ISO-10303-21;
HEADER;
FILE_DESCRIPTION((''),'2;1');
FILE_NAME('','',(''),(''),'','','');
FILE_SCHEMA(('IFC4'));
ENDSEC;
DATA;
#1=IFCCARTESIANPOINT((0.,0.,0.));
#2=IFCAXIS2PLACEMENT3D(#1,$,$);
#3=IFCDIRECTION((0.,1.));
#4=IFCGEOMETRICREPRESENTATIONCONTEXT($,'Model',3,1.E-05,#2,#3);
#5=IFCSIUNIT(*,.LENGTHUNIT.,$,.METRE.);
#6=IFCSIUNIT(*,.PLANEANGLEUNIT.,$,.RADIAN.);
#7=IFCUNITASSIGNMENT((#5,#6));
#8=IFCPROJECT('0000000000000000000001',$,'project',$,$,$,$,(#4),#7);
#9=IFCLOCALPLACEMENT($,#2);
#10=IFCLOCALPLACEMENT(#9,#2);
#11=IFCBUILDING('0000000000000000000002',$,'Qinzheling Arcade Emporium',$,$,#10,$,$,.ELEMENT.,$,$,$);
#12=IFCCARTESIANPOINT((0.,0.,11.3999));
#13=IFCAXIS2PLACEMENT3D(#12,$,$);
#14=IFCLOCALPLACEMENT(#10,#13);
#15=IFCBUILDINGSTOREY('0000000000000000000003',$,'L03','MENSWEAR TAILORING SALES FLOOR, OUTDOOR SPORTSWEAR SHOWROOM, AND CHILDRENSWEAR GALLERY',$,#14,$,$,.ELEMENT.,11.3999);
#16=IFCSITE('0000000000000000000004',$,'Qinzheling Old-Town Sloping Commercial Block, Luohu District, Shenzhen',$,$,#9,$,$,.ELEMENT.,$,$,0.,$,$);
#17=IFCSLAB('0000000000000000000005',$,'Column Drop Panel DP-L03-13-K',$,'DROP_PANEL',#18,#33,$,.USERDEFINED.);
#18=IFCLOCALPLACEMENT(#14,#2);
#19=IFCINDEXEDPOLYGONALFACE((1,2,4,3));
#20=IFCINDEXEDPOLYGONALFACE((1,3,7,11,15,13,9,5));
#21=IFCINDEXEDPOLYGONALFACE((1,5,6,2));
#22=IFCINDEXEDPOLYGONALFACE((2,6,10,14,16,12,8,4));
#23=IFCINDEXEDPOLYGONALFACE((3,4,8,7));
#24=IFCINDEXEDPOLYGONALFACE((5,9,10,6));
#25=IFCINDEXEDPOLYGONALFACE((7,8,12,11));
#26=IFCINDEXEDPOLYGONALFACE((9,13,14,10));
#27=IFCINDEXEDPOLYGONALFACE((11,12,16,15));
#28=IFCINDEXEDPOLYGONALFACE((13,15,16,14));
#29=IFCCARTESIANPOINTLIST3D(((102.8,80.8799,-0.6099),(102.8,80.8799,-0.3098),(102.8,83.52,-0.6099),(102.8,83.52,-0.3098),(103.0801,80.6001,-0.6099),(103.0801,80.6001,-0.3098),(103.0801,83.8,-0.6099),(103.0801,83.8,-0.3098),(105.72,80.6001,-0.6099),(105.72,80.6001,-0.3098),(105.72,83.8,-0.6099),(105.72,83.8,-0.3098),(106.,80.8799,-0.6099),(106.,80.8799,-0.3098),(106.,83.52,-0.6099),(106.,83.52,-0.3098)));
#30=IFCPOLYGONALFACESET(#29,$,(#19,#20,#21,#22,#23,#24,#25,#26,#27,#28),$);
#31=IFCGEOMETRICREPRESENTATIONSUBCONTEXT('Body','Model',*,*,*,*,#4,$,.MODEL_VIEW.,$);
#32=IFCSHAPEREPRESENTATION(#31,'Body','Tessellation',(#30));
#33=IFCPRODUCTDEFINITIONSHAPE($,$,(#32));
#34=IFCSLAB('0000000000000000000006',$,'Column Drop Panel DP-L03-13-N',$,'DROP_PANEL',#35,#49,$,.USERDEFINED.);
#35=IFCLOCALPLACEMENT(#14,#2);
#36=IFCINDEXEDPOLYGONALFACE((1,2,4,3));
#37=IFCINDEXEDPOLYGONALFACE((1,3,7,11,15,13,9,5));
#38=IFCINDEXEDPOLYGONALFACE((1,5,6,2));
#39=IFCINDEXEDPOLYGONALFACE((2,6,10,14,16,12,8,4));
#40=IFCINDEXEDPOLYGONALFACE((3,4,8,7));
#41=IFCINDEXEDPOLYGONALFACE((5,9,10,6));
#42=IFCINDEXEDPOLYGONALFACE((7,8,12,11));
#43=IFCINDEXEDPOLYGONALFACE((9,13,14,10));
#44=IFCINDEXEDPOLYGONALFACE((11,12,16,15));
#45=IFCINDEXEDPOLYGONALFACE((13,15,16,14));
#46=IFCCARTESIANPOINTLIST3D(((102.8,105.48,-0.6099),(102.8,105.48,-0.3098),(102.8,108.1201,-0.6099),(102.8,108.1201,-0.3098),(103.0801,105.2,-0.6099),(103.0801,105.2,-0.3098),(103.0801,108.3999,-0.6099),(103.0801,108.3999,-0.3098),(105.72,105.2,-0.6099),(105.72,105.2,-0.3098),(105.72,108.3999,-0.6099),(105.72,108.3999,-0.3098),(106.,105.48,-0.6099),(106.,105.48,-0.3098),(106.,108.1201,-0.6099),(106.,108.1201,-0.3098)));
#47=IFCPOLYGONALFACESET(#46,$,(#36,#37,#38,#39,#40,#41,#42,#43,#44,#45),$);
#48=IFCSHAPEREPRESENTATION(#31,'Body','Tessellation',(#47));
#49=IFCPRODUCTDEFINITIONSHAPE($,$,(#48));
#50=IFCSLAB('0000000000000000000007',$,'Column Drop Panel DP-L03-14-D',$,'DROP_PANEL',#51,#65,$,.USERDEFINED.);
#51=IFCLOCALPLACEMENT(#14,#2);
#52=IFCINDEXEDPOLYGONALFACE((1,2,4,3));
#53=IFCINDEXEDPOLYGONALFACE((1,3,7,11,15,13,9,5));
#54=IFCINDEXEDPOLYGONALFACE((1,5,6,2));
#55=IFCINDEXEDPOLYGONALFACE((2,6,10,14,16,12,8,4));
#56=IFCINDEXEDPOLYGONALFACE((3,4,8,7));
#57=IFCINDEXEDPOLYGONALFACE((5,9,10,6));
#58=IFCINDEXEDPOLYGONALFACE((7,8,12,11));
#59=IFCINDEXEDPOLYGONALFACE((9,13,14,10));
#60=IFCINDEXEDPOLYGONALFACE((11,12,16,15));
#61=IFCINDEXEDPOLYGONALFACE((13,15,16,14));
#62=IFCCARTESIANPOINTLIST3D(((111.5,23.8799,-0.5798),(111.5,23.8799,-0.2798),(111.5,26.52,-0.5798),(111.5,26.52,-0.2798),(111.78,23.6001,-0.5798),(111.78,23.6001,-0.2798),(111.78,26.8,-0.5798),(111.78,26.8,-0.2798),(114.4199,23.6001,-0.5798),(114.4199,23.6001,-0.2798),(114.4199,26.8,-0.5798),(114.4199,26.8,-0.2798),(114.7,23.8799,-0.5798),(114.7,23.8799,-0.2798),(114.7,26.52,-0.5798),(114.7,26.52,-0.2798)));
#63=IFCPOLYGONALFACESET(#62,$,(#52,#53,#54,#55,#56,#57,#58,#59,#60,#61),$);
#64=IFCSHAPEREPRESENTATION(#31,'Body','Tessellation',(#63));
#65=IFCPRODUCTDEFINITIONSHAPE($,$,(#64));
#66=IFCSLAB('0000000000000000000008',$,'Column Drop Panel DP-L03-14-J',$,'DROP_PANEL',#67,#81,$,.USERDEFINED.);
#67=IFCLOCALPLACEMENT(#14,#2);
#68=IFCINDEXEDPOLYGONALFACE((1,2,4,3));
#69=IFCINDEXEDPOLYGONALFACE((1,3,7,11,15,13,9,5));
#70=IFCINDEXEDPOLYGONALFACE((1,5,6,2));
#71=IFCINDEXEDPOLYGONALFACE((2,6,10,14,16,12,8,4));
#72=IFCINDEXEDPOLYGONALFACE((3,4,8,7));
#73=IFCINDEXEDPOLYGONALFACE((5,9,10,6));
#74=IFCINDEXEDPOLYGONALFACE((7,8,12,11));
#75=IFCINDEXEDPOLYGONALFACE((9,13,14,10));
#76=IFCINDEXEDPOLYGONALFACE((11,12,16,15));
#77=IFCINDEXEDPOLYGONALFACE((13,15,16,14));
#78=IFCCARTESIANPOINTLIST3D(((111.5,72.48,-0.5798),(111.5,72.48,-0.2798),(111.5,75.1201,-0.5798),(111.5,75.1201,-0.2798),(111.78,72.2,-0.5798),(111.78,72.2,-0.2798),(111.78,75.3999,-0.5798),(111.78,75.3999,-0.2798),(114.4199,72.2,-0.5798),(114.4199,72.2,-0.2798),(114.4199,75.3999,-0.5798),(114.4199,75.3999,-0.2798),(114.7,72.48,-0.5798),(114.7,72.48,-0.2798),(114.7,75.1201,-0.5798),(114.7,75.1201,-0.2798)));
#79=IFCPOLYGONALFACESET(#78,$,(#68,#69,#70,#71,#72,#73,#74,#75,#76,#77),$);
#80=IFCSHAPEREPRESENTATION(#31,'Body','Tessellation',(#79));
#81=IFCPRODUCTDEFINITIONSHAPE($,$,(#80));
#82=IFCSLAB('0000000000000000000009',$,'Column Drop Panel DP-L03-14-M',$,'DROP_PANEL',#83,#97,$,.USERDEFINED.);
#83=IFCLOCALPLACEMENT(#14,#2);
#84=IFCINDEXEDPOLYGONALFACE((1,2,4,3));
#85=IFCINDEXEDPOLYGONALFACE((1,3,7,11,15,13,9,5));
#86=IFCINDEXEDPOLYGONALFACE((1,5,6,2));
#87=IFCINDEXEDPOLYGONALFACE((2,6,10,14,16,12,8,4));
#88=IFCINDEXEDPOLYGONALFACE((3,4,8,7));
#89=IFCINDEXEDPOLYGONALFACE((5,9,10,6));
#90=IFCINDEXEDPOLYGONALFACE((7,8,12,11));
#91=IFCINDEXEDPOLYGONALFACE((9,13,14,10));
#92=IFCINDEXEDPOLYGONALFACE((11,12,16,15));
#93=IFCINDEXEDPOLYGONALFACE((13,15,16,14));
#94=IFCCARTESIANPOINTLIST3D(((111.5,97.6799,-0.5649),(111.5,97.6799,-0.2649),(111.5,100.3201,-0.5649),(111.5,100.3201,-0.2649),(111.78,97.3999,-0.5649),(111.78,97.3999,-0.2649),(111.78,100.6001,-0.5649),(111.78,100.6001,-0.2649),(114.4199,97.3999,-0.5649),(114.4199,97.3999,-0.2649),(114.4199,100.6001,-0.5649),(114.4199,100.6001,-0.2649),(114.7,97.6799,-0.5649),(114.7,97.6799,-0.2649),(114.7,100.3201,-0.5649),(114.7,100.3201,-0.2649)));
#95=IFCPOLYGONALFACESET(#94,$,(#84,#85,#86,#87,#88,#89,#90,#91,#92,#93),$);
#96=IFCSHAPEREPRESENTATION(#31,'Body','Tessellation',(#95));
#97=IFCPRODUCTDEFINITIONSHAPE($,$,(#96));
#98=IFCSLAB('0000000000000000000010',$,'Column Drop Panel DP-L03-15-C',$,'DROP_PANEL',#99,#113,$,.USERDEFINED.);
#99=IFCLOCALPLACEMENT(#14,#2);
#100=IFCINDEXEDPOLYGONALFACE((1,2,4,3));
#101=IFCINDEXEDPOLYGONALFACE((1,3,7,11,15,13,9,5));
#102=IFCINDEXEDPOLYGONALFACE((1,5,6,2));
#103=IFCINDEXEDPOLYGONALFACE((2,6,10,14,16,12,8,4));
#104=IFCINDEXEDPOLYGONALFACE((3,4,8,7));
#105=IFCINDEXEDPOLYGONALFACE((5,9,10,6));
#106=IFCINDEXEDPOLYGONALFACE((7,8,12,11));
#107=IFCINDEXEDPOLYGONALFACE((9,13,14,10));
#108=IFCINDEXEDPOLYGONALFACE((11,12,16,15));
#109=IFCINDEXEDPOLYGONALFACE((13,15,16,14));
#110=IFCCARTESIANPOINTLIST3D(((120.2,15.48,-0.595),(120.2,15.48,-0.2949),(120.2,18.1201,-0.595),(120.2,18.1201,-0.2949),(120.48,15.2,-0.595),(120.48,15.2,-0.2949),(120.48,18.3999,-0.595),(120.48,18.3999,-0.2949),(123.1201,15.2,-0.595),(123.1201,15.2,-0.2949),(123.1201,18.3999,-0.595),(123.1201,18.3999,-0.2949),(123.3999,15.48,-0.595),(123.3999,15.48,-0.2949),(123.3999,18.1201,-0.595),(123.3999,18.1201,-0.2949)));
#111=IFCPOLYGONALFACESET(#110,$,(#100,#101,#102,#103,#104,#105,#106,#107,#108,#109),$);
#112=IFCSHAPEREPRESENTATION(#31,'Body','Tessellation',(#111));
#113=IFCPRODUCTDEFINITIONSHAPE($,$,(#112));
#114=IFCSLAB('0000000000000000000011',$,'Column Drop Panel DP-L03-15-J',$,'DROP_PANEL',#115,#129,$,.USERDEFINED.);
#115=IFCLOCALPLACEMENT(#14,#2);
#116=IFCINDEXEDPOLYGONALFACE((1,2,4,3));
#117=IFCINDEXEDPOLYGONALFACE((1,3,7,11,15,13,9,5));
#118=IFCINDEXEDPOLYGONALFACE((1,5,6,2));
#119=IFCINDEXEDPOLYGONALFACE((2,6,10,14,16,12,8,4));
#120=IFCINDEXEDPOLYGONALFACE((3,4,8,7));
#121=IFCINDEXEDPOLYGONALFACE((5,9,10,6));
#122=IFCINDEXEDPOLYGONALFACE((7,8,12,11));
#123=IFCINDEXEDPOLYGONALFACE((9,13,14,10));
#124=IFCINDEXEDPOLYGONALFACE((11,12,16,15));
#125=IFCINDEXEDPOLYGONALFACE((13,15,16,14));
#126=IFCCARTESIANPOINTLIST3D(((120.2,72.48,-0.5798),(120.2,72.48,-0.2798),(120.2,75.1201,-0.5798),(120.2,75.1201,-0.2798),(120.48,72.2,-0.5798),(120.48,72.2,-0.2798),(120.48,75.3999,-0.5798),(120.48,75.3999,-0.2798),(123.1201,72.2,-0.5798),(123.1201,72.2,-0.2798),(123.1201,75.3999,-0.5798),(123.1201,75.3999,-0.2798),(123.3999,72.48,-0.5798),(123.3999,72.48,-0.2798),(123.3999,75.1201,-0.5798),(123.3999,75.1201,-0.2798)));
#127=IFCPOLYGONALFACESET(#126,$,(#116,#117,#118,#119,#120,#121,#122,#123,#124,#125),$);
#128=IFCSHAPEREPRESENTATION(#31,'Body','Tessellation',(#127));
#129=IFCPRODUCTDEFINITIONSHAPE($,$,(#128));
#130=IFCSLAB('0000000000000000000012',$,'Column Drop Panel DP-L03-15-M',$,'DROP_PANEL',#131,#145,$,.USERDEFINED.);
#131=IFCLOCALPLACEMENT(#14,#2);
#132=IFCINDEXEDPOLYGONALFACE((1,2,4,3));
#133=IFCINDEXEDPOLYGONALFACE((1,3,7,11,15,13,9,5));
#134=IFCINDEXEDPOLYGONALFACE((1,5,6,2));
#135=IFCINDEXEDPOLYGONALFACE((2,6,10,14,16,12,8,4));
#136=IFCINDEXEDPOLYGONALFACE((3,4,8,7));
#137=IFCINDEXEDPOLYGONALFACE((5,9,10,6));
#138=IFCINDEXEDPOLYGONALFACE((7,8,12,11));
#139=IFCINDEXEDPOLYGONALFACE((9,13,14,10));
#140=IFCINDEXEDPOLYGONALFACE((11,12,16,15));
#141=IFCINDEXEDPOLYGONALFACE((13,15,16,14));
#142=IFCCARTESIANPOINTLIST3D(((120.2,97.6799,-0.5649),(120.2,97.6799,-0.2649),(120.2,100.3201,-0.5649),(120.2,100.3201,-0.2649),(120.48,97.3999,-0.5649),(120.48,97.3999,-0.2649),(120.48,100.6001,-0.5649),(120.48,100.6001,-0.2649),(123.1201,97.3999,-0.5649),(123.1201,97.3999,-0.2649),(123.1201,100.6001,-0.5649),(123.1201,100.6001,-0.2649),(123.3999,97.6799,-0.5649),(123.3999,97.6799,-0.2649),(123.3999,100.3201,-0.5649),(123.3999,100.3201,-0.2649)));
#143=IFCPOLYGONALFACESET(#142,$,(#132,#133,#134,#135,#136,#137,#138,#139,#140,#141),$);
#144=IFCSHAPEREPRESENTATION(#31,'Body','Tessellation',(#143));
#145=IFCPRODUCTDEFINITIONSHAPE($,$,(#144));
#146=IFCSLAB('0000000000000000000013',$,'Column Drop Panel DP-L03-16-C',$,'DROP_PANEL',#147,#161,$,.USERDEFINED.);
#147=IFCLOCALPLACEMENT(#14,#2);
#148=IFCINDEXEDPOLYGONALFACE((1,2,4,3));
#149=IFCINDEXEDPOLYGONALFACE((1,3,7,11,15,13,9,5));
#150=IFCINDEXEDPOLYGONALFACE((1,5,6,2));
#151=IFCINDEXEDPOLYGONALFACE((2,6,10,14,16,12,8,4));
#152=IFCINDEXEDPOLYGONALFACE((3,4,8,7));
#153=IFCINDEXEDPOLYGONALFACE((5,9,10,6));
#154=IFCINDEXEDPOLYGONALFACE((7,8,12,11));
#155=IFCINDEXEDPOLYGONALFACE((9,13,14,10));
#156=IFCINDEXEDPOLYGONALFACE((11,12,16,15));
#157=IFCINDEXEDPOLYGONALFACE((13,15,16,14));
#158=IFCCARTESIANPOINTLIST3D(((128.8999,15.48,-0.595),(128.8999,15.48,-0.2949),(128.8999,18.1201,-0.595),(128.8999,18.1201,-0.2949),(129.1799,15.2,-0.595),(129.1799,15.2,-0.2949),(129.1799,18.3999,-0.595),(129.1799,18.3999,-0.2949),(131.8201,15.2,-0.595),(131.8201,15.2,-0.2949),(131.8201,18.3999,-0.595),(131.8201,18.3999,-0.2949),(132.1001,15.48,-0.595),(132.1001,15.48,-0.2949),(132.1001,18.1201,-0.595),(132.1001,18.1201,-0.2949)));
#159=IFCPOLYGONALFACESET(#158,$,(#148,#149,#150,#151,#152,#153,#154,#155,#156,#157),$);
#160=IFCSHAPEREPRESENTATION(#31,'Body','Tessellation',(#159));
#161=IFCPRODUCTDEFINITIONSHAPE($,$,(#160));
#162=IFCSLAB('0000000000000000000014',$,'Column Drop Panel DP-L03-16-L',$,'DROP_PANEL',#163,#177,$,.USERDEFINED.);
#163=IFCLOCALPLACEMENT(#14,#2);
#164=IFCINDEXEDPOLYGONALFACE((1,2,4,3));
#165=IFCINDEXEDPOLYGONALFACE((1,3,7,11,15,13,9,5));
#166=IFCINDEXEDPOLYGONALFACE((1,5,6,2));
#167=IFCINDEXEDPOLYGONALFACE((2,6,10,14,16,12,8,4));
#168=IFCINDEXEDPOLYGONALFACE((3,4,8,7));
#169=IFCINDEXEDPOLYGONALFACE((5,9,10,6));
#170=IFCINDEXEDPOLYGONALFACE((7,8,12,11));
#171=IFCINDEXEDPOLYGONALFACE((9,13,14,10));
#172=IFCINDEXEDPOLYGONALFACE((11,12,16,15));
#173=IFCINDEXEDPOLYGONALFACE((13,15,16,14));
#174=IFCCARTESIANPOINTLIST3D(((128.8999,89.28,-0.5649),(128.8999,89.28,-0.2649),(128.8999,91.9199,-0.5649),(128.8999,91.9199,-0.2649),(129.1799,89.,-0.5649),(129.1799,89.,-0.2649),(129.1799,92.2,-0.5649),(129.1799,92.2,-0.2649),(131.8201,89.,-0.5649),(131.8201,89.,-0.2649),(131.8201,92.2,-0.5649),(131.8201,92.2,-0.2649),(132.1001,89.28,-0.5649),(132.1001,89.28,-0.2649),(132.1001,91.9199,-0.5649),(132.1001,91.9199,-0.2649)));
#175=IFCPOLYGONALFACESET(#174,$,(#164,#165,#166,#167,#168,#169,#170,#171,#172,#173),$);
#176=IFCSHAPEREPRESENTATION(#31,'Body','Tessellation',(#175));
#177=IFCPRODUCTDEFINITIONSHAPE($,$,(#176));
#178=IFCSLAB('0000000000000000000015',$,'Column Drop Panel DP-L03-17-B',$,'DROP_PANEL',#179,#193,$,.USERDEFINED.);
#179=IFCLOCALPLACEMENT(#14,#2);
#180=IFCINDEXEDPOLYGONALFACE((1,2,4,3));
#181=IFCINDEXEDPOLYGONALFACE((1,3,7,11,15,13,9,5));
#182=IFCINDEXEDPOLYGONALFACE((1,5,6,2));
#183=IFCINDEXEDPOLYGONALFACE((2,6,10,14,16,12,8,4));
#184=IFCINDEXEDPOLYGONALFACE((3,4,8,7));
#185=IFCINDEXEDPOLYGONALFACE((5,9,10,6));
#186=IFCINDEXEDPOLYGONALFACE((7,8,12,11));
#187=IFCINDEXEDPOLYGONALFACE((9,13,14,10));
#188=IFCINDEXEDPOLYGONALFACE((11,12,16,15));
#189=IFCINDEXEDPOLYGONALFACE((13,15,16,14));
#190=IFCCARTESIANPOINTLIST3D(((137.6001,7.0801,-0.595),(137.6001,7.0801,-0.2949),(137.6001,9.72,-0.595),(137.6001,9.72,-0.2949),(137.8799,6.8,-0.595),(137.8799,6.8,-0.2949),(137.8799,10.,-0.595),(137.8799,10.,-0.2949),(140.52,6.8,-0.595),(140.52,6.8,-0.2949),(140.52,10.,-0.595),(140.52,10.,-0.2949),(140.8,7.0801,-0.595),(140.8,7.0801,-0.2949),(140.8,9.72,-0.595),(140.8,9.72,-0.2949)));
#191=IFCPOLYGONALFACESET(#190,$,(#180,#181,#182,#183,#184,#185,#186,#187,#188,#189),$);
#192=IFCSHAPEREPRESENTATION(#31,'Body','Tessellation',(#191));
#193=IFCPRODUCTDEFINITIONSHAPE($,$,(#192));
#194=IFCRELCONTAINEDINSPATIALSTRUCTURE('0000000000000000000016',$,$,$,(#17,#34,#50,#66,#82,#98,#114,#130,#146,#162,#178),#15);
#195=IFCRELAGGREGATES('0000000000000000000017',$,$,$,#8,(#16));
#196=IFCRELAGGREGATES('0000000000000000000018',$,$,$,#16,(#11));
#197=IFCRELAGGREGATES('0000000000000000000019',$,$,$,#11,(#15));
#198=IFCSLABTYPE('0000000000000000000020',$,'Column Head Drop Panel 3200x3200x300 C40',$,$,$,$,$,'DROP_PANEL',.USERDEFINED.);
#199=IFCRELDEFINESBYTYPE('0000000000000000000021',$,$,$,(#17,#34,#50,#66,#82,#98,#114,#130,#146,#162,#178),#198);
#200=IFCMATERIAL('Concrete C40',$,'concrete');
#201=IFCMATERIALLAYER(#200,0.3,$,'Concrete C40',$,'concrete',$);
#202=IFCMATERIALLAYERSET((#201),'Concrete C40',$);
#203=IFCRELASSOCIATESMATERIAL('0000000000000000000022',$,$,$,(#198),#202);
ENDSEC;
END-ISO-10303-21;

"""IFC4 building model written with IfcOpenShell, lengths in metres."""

from ifc_helpers import new_model, si_unit, direction, frame, origin, place, context, subcontext, project, spatial, polyline, outline, extrude, material, layer, layer_set, type_object, element, save


model = new_model("IFC4")

# Units and contexts
model_context = context("Model", 3, precision=1e-05, world=origin(), true_north=direction((0.0, 1.0)))
body_context = subcontext(model_context, "Body", "Model", "MODEL_VIEW")
ifc_project = project(units=[si_unit("LENGTHUNIT", "METRE"), si_unit("PLANEANGLEUNIT", "RADIAN")], contexts=[model_context])

# Site, building, storey
site_placement = place(None, origin())
site = spatial("IfcSite", under=ifc_project, at=site_placement, Name="Qinzheling Old-Town Sloping Commercial Block, Luohu District, Shenzhen", CompositionType="ELEMENT", RefElevation=0.0)
building_placement = place(site_placement, origin())
building = spatial("IfcBuilding", under=site, at=building_placement, Name="Qinzheling Arcade Emporium", CompositionType="ELEMENT")
storey_placement = place(building_placement, frame((0.0, 0.0, 11.3999)))
storey = spatial("IfcBuildingStorey", under=building, at=storey_placement, Name="L03", Description="MENSWEAR TAILORING SALES FLOOR, OUTDOOR SPORTSWEAR SHOWROOM, AND CHILDRENSWEAR GALLERY", CompositionType="ELEMENT", Elevation=11.3999)

# Slabs
ifc_material = material(Name="Concrete C40", Category="concrete")
ifc_layer_1 = layer(ifc_material, 0.3, Name="Concrete C40", Category="concrete")
ifc_layer_set_1 = layer_set([ifc_layer_1], Name="Concrete C40")
slab_type_1 = type_object("IfcSlabType", Name="Column Head Drop Panel 3200x3200x300 C40", ElementType="DROP_PANEL", PredefinedType="USERDEFINED", material=ifc_layer_set_1)
slab_1_placement = place(storey_placement, frame((0.0, 0.0, -0.6099)))
element("IfcSlab", 1, at=slab_1_placement, inside=storey, type_object=slab_type_1, Name="Column Drop Panel DP-L03-13-K", ObjectType="DROP_PANEL", PredefinedType="USERDEFINED", context=body_context, shape_type="SweptSolid", body=[
    extrude(outline(polyline([(103.0801, 80.6001), (105.72, 80.6001), (106.0, 80.8799), (106.0, 83.52), (105.72, 83.8), (103.0801, 83.8), (102.8, 83.52), (102.8, 80.8799), (103.0801, 80.6001)])), origin(), (0.0, 0.0, 1.0), 0.3),
])
slab_2_placement = place(storey_placement, frame((0.0, 0.0, -0.6099)))
element("IfcSlab", 2, at=slab_2_placement, inside=storey, type_object=slab_type_1, Name="Column Drop Panel DP-L03-13-N", ObjectType="DROP_PANEL", PredefinedType="USERDEFINED", context=body_context, shape_type="SweptSolid", body=[
    extrude(outline(polyline([(103.0801, 105.2), (105.72, 105.2), (106.0, 105.48), (106.0, 108.1201), (105.72, 108.3999), (103.0801, 108.3999), (102.8, 108.1201), (102.8, 105.48), (103.0801, 105.2)])), origin(), (0.0, 0.0, 1.0), 0.3),
])
slab_3_placement = place(storey_placement, frame((0.0, 0.0, -0.5798)))
element("IfcSlab", 3, at=slab_3_placement, inside=storey, type_object=slab_type_1, Name="Column Drop Panel DP-L03-14-D", ObjectType="DROP_PANEL", PredefinedType="USERDEFINED", context=body_context, shape_type="SweptSolid", body=[
    extrude(outline(polyline([(111.78, 23.6001), (114.4199, 23.6001), (114.7, 23.8799), (114.7, 26.52), (114.4199, 26.8), (111.78, 26.8), (111.5, 26.52), (111.5, 23.8799), (111.78, 23.6001)])), origin(), (0.0, 0.0, 1.0), 0.3),
])
slab_4_placement = place(storey_placement, frame((0.0, 0.0, -0.5798)))
element("IfcSlab", 4, at=slab_4_placement, inside=storey, type_object=slab_type_1, Name="Column Drop Panel DP-L03-14-J", ObjectType="DROP_PANEL", PredefinedType="USERDEFINED", context=body_context, shape_type="SweptSolid", body=[
    extrude(outline(polyline([(111.78, 72.2), (114.4199, 72.2), (114.7, 72.48), (114.7, 75.1201), (114.4199, 75.3999), (111.78, 75.3999), (111.5, 75.1201), (111.5, 72.48), (111.78, 72.2)])), origin(), (0.0, 0.0, 1.0), 0.3),
])
slab_5_placement = place(storey_placement, frame((0.0, 0.0, -0.5649)))
element("IfcSlab", 5, at=slab_5_placement, inside=storey, type_object=slab_type_1, Name="Column Drop Panel DP-L03-14-M", ObjectType="DROP_PANEL", PredefinedType="USERDEFINED", context=body_context, shape_type="SweptSolid", body=[
    extrude(outline(polyline([(111.78, 97.3999), (114.4199, 97.3999), (114.7, 97.6799), (114.7, 100.3201), (114.4199, 100.6001), (111.78, 100.6001), (111.5, 100.3201), (111.5, 97.6799), (111.78, 97.3999)])), origin(), (0.0, 0.0, 1.0), 0.3),
])
slab_6_placement = place(storey_placement, frame((0.0, 0.0, -0.595)))
element("IfcSlab", 6, at=slab_6_placement, inside=storey, type_object=slab_type_1, Name="Column Drop Panel DP-L03-15-C", ObjectType="DROP_PANEL", PredefinedType="USERDEFINED", context=body_context, shape_type="SweptSolid", body=[
    extrude(outline(polyline([(120.48, 15.2), (123.1201, 15.2), (123.3999, 15.48), (123.3999, 18.1201), (123.1201, 18.3999), (120.48, 18.3999), (120.2, 18.1201), (120.2, 15.48), (120.48, 15.2)])), origin(), (0.0, 0.0, 1.0), 0.3),
])
slab_7_placement = place(storey_placement, frame((0.0, 0.0, -0.5798)))
element("IfcSlab", 7, at=slab_7_placement, inside=storey, type_object=slab_type_1, Name="Column Drop Panel DP-L03-15-J", ObjectType="DROP_PANEL", PredefinedType="USERDEFINED", context=body_context, shape_type="SweptSolid", body=[
    extrude(outline(polyline([(120.48, 72.2), (123.1201, 72.2), (123.3999, 72.48), (123.3999, 75.1201), (123.1201, 75.3999), (120.48, 75.3999), (120.2, 75.1201), (120.2, 72.48), (120.48, 72.2)])), origin(), (0.0, 0.0, 1.0), 0.3),
])
slab_8_placement = place(storey_placement, frame((0.0, 0.0, -0.5649)))
element("IfcSlab", 8, at=slab_8_placement, inside=storey, type_object=slab_type_1, Name="Column Drop Panel DP-L03-15-M", ObjectType="DROP_PANEL", PredefinedType="USERDEFINED", context=body_context, shape_type="SweptSolid", body=[
    extrude(outline(polyline([(120.48, 97.3999), (123.1201, 97.3999), (123.3999, 97.6799), (123.3999, 100.3201), (123.1201, 100.6001), (120.48, 100.6001), (120.2, 100.3201), (120.2, 97.6799), (120.48, 97.3999)])), origin(), (0.0, 0.0, 1.0), 0.3),
])
slab_9_placement = place(storey_placement, frame((0.0, 0.0, -0.595)))
element("IfcSlab", 9, at=slab_9_placement, inside=storey, type_object=slab_type_1, Name="Column Drop Panel DP-L03-16-C", ObjectType="DROP_PANEL", PredefinedType="USERDEFINED", context=body_context, shape_type="SweptSolid", body=[
    extrude(outline(polyline([(129.1799, 15.2), (131.8201, 15.2), (132.1001, 15.48), (132.1001, 18.1201), (131.8201, 18.3999), (129.1799, 18.3999), (128.8999, 18.1201), (128.8999, 15.48), (129.1799, 15.2)])), origin(), (0.0, 0.0, 1.0), 0.3),
])
slab_10_placement = place(storey_placement, frame((0.0, 0.0, -0.5649)))
element("IfcSlab", 10, at=slab_10_placement, inside=storey, type_object=slab_type_1, Name="Column Drop Panel DP-L03-16-L", ObjectType="DROP_PANEL", PredefinedType="USERDEFINED", context=body_context, shape_type="SweptSolid", body=[
    extrude(outline(polyline([(129.1799, 89.0), (131.8201, 89.0), (132.1001, 89.28), (132.1001, 91.9199), (131.8201, 92.2), (129.1799, 92.2), (128.8999, 91.9199), (128.8999, 89.28), (129.1799, 89.0)])), origin(), (0.0, 0.0, 1.0), 0.3),
])
slab_11_placement = place(storey_placement, frame((0.0, 0.0, -0.595)))
element("IfcSlab", 11, at=slab_11_placement, inside=storey, type_object=slab_type_1, Name="Column Drop Panel DP-L03-17-B", ObjectType="DROP_PANEL", PredefinedType="USERDEFINED", context=body_context, shape_type="SweptSolid", body=[
    extrude(outline(polyline([(137.8799, 6.8), (140.52, 6.8), (140.8, 7.0801), (140.8, 9.72), (140.52, 10.0), (137.8799, 10.0), (137.6001, 9.72), (137.6001, 7.0801), (137.8799, 6.8)])), origin(), (0.0, 0.0, 1.0), 0.3),
])

save(model, "model.ifc")
